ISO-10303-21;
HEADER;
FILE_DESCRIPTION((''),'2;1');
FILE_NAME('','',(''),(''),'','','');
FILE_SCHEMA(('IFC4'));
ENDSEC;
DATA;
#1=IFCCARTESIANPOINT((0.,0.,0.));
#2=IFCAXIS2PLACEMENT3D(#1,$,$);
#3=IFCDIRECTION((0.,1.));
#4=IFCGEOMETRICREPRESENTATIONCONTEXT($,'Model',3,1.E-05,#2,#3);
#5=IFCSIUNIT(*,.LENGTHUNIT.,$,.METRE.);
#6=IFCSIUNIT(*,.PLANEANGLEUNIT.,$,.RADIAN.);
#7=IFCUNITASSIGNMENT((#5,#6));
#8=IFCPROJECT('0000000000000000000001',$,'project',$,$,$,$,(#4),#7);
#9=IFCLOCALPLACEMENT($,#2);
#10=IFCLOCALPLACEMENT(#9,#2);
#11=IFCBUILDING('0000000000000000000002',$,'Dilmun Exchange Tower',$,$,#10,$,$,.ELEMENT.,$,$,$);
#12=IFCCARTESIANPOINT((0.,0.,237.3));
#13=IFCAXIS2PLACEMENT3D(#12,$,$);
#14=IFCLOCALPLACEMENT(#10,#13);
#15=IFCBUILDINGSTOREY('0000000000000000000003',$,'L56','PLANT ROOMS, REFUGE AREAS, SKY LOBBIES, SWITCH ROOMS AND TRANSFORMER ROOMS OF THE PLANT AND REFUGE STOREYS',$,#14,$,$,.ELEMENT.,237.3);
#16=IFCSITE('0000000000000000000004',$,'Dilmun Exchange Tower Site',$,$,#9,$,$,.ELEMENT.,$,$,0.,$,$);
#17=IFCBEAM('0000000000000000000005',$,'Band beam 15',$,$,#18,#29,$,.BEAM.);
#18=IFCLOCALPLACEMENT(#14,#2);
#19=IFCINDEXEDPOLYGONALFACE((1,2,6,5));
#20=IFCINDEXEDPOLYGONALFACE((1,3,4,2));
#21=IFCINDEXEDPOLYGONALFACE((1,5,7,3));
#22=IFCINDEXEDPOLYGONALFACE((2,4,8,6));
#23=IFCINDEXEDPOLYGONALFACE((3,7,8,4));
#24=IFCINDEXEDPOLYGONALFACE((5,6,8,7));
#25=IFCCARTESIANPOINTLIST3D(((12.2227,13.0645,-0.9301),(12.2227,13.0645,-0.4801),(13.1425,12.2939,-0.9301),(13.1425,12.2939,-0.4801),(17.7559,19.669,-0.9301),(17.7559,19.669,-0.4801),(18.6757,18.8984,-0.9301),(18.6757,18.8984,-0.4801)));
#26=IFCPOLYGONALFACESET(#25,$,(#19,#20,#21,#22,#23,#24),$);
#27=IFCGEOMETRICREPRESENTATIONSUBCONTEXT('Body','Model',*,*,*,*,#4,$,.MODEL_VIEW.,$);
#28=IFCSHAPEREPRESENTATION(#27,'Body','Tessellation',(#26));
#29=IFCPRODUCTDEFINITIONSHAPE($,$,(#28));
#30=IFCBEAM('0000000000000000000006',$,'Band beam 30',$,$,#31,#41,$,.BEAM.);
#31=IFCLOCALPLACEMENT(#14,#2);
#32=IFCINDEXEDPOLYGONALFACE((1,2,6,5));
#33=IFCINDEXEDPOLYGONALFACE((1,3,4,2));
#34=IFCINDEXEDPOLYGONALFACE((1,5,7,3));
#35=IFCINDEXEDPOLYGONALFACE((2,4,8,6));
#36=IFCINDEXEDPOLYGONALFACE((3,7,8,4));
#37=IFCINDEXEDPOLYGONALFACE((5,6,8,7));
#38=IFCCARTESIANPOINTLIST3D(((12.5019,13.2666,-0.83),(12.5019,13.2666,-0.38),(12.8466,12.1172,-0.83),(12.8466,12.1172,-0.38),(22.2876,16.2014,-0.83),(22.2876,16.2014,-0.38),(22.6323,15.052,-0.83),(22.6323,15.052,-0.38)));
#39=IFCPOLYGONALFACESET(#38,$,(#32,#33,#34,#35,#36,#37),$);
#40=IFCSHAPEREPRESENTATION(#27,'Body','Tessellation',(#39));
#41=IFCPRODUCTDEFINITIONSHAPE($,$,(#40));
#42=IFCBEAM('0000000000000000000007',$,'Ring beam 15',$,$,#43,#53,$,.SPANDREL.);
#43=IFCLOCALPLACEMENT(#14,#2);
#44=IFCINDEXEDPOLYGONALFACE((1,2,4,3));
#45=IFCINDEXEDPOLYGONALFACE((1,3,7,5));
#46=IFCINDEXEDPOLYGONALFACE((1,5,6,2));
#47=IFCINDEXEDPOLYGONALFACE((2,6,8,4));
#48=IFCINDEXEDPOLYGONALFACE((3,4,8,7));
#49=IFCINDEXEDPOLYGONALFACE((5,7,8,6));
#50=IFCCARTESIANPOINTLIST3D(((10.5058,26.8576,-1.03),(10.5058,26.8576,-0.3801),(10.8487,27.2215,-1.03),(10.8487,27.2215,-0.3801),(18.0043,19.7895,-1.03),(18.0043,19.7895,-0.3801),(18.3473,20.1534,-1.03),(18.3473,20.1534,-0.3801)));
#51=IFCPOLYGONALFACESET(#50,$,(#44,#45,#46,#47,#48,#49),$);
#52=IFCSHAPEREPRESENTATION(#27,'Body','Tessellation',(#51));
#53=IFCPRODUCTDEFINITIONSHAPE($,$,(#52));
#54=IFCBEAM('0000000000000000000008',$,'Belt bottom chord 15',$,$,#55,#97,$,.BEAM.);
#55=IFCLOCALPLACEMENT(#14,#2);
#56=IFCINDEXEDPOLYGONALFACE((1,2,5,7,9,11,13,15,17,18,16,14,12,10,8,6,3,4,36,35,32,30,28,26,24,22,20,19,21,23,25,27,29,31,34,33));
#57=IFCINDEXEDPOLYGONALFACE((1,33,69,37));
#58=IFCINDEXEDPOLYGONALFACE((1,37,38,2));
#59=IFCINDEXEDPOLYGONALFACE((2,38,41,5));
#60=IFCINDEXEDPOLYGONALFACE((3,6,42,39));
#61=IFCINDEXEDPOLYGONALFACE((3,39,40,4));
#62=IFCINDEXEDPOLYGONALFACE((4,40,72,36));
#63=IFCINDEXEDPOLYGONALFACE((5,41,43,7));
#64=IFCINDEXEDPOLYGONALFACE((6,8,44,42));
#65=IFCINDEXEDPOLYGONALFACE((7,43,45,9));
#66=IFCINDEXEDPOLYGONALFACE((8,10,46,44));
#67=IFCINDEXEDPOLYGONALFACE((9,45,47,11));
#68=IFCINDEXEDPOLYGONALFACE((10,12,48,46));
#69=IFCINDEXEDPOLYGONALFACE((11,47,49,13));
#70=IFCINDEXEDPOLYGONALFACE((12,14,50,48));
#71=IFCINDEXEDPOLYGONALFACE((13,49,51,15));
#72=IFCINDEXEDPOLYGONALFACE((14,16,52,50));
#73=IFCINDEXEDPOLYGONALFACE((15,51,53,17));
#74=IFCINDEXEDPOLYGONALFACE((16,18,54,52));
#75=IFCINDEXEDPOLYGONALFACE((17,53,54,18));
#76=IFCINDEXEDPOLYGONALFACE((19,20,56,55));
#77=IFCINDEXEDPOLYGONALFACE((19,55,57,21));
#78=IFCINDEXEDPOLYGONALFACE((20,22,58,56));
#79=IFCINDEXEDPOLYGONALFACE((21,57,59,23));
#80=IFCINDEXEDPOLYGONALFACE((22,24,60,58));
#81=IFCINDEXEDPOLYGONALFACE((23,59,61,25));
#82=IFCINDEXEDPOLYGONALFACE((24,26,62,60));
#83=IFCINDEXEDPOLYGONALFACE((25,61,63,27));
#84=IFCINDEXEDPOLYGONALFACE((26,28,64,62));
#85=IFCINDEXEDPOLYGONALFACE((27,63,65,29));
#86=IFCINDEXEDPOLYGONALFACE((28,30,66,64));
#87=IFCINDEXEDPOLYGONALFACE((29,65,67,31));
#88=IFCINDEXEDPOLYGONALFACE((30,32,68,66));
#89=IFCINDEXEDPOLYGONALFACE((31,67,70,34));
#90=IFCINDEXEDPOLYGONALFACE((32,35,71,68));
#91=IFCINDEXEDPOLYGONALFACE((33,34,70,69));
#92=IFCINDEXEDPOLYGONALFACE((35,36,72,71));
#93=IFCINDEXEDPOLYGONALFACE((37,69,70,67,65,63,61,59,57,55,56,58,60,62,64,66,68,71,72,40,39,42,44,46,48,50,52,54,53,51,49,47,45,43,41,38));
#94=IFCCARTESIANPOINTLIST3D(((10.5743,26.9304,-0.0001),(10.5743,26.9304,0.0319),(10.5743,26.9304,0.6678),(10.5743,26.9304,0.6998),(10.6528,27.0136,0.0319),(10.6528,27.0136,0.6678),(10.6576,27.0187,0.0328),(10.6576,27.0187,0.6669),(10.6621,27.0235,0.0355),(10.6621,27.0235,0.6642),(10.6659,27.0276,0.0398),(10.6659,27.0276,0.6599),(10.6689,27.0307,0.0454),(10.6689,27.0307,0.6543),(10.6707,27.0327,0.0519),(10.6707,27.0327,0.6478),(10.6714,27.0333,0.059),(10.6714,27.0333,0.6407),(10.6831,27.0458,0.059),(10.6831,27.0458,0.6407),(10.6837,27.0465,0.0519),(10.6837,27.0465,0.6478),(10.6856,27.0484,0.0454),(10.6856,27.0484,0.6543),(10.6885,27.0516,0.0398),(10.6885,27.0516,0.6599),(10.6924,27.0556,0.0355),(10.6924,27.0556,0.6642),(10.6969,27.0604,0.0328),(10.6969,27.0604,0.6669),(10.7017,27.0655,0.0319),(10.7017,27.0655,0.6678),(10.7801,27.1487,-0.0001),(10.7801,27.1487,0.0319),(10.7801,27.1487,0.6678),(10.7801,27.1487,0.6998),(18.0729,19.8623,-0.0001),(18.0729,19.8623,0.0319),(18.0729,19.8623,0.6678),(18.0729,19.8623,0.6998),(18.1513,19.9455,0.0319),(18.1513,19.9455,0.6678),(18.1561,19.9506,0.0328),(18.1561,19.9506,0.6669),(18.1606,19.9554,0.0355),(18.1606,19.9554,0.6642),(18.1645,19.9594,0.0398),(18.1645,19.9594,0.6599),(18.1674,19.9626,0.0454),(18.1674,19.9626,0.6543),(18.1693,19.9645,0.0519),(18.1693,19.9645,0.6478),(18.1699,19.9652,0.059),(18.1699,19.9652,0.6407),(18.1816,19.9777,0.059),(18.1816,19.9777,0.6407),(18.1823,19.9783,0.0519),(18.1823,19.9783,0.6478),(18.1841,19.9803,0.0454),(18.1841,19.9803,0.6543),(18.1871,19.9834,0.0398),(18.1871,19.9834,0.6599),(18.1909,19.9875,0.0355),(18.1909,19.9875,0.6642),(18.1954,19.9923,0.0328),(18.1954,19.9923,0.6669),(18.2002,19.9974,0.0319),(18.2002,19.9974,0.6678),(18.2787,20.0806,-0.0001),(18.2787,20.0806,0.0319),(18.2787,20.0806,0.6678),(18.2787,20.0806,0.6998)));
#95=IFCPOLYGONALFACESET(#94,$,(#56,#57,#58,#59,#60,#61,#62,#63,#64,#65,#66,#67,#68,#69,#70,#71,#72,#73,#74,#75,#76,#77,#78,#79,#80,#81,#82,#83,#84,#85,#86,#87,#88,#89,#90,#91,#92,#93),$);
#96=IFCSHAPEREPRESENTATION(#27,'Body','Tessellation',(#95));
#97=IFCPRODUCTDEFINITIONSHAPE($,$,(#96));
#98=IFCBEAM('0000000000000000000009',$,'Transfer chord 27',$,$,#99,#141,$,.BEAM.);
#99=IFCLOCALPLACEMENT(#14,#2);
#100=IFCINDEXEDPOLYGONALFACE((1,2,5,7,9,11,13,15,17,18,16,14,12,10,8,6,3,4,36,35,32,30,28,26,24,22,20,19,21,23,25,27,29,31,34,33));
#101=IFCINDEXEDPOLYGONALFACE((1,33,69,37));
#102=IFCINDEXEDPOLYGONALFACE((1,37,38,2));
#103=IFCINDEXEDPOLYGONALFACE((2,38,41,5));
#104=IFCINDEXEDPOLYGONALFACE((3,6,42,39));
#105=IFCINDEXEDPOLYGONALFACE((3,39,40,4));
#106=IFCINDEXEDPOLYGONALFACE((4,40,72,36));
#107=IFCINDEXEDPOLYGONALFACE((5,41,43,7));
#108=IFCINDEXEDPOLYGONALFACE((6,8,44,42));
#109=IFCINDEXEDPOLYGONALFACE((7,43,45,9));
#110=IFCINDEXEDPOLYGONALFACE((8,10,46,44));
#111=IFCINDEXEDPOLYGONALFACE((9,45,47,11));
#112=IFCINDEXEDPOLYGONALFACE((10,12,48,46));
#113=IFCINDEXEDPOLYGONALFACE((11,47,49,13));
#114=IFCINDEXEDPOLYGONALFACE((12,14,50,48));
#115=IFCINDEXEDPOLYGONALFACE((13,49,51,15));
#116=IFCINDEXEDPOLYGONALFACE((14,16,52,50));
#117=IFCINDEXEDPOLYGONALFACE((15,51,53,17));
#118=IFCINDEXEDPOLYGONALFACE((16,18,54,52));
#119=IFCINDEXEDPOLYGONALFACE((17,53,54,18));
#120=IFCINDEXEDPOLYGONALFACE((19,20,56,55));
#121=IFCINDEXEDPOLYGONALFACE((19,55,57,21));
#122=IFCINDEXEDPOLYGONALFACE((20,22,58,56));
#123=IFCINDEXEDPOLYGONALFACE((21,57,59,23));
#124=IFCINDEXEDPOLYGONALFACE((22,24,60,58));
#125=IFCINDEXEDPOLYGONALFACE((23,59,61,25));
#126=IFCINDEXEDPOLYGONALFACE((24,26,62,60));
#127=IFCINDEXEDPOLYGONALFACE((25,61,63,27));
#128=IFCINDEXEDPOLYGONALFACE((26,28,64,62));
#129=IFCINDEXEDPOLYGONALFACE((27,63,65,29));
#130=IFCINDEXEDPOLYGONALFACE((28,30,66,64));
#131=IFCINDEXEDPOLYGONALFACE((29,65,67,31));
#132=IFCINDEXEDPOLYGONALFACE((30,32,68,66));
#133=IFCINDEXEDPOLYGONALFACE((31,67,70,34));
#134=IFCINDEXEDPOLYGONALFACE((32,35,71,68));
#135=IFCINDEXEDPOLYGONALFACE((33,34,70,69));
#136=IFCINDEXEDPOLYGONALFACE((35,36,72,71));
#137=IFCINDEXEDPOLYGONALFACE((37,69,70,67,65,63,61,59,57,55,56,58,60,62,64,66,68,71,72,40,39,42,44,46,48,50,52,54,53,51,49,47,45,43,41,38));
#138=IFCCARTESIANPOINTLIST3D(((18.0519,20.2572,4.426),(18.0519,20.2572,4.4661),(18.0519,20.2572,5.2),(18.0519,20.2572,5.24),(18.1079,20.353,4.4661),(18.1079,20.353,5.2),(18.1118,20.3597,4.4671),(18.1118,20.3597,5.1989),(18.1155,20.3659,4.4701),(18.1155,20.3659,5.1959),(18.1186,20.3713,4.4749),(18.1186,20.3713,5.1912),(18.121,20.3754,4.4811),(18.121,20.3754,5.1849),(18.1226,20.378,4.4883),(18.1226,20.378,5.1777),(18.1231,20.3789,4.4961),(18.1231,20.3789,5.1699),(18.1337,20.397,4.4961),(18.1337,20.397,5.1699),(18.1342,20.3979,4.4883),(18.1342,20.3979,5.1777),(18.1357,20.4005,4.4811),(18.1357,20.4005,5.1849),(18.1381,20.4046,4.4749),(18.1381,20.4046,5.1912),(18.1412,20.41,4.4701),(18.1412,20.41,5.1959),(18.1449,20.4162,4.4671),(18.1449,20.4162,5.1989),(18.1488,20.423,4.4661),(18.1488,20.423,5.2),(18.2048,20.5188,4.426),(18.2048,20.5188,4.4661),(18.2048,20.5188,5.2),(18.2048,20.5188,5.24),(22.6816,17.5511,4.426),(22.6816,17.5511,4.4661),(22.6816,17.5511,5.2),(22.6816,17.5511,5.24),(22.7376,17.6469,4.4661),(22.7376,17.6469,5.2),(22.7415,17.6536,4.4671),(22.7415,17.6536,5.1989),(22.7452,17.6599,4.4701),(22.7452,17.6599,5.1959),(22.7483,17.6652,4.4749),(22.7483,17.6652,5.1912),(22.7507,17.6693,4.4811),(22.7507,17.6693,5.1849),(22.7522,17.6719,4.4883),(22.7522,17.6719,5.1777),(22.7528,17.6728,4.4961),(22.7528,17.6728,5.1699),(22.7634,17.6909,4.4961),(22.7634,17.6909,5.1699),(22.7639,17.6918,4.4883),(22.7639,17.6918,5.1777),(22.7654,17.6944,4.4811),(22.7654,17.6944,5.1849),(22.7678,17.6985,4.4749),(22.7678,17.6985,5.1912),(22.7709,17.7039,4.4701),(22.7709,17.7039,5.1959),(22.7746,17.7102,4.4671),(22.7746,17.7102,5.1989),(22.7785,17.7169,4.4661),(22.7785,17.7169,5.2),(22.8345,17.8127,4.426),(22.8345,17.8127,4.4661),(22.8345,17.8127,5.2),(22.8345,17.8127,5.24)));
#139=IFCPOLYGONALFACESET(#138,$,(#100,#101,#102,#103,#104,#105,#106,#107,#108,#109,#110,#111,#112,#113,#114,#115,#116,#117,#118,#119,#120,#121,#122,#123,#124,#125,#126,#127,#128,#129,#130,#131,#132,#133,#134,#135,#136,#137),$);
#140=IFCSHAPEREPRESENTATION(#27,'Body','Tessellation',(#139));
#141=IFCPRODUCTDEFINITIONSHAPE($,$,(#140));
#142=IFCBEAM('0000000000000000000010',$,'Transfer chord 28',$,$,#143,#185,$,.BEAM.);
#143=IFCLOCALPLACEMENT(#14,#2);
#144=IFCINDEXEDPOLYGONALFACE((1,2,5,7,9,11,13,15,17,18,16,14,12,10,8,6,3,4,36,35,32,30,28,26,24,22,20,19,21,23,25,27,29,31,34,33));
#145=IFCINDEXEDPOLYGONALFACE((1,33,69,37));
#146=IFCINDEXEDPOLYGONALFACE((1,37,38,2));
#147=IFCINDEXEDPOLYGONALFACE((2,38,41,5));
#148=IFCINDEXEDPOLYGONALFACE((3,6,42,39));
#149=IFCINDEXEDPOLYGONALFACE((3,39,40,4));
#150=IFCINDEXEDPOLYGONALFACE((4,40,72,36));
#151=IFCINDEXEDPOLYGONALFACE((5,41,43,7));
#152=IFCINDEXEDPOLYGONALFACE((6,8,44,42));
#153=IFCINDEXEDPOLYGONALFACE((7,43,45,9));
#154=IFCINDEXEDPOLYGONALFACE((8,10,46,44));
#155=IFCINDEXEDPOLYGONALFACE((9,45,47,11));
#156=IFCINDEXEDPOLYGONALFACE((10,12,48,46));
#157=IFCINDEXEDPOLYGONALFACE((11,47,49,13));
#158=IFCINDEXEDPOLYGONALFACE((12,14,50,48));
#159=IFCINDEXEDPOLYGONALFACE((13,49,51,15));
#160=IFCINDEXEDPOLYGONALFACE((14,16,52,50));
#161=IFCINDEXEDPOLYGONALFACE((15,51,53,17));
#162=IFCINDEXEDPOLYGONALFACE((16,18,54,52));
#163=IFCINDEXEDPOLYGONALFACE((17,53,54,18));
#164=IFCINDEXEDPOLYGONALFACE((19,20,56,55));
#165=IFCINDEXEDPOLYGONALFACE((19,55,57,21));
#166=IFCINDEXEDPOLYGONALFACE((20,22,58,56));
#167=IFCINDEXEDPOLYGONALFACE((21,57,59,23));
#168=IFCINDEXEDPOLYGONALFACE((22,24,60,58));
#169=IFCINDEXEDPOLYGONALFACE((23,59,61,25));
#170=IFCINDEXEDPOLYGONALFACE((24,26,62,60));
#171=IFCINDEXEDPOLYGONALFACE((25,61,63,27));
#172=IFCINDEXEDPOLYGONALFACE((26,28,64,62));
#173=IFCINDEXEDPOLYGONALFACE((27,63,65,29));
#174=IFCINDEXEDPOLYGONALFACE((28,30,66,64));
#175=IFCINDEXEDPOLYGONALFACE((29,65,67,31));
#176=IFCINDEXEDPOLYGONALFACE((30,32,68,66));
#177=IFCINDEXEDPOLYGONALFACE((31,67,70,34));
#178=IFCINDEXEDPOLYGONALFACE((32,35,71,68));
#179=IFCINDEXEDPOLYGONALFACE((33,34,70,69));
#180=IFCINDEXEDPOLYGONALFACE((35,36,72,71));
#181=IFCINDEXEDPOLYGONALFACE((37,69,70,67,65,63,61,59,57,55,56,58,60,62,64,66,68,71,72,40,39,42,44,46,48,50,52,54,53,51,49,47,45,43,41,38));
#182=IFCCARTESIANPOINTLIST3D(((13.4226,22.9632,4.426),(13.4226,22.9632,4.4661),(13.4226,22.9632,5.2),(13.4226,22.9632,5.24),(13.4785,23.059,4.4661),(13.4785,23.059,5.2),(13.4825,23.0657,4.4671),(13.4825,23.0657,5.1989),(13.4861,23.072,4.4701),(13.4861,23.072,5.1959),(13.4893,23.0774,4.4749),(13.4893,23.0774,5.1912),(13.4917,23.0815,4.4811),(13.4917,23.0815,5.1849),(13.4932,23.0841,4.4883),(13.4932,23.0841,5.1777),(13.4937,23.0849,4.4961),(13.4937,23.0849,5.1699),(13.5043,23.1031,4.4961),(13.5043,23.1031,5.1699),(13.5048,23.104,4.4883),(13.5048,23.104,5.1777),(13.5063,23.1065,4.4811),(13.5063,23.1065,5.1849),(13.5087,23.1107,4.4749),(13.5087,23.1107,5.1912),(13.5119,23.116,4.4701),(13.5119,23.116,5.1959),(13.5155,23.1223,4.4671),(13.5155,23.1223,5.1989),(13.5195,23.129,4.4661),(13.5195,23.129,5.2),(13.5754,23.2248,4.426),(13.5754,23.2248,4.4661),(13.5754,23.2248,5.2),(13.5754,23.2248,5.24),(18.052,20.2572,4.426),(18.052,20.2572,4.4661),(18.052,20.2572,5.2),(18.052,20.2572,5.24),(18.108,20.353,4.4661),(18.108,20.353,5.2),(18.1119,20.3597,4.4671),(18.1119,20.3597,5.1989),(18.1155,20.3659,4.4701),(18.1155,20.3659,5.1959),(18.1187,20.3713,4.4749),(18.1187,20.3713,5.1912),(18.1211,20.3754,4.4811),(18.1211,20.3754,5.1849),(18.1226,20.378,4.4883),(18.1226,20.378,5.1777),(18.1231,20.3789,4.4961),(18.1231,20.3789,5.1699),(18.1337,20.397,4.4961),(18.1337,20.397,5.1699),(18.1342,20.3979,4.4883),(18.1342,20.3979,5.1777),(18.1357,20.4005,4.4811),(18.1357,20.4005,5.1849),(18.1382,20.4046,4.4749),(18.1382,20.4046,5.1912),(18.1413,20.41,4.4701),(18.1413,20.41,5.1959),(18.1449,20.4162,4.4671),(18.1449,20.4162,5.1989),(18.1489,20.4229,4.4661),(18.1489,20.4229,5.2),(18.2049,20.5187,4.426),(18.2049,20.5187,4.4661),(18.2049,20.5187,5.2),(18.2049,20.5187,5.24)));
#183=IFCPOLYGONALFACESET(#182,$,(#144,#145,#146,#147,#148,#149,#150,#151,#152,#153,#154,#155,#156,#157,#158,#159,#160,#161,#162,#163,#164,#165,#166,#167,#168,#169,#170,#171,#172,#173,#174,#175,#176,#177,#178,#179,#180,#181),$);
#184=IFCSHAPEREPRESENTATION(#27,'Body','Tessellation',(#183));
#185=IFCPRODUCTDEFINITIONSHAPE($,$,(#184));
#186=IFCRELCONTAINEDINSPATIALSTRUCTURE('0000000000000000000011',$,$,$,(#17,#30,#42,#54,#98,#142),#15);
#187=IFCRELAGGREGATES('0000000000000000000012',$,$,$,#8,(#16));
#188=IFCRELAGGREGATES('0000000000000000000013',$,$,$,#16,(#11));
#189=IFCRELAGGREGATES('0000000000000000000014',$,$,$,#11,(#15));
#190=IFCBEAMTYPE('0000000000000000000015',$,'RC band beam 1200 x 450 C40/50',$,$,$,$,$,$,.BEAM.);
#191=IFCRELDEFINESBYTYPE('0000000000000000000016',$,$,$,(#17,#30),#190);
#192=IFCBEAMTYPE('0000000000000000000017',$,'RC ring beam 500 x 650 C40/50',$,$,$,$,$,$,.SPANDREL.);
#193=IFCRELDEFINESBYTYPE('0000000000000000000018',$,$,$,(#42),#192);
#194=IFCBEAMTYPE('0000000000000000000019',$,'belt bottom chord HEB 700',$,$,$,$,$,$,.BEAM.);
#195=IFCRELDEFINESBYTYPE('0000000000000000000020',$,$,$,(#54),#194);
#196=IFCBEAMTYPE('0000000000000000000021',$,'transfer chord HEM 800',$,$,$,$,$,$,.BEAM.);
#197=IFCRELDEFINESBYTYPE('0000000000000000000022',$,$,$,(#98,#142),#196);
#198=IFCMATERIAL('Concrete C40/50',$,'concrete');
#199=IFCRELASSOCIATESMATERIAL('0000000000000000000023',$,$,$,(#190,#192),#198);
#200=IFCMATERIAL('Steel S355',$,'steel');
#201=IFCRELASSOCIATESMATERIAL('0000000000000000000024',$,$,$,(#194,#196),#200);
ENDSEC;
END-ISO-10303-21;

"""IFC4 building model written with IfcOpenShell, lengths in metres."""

from ifc_helpers import new_model, si_unit, direction, frame, origin, origin_2d, place, context, subcontext, project, spatial, rectangle, i_section, extrude, material, material_profile, profile_set, type_object, element, save


model = new_model("IFC4")

# Units and contexts
model_context = context("Model", 3, precision=1e-05, world=origin(), true_north=direction((0.0, 1.0)))
body_context = subcontext(model_context, "Body", "Model", "MODEL_VIEW")
ifc_project = project(units=[si_unit("LENGTHUNIT", "METRE"), si_unit("PLANEANGLEUNIT", "RADIAN")], contexts=[model_context])

# Site, building, storey
site_placement = place(None, origin())
site = spatial("IfcSite", under=ifc_project, at=site_placement, Name="Dilmun Exchange Tower Site", CompositionType="ELEMENT", RefElevation=0.0)
building_placement = place(site_placement, origin())
building = spatial("IfcBuilding", under=site, at=building_placement, Name="Dilmun Exchange Tower", CompositionType="ELEMENT")
storey_placement = place(building_placement, frame((0.0, 0.0, 237.3)))
storey = spatial("IfcBuildingStorey", under=building, at=storey_placement, Name="L56", Description="PLANT ROOMS, REFUGE AREAS, SKY LOBBIES, SWITCH ROOMS AND TRANSFORMER ROOMS OF THE PLANT AND REFUGE STOREYS", CompositionType="ELEMENT", Elevation=237.3)

# Beams
ifc_material_1 = material(Name="Concrete C40/50", Category="concrete")
ifc_material_profile_1 = material_profile(ifc_material_1, rectangle(XDim=1.2, YDim=0.45, at=origin_2d()), Name="1200 x 450")
ifc_profile_set_1 = profile_set([ifc_material_profile_1], Name="Concrete C40/50")
beam_type_1 = type_object("IfcBeamType", Name="RC band beam 1200 x 450 C40/50", PredefinedType="BEAM", material=ifc_profile_set_1)
beam_1_placement = place(storey_placement, frame((18.2158, 19.2837, -0.7051), z_axis=(-0.6422, -0.766537, 0.0), x_axis=(0.766537, -0.6422, 0.0)))
element("IfcBeam", 1, at=beam_1_placement, inside=storey, type_object=beam_type_1, Name="Band beam 15", PredefinedType="BEAM", context=body_context, shape_type="SweptSolid", body=[
    extrude(rectangle(XDim=1.2, YDim=0.45, at=origin_2d()), origin(), (0.0, 0.0, 1.0), 8.616),
])
beam_2_placement = place(storey_placement, frame((22.46, 15.6267, -0.605), z_axis=(-0.95785, -0.287269, 0.0), x_axis=(0.287269, -0.95785, 0.0)))
element("IfcBeam", 2, at=beam_2_placement, inside=storey, type_object=beam_type_1, Name="Band beam 30", PredefinedType="BEAM", context=body_context, shape_type="SweptSolid", body=[
    extrude(rectangle(XDim=1.2, YDim=0.45, at=origin_2d()), origin(), (0.0, 0.0, 1.0), 10.2163),
])
ifc_material_profile_2 = material_profile(ifc_material_1, rectangle(XDim=0.5, YDim=0.6499, at=origin_2d()), Name="500 x 650")
ifc_profile_set_2 = profile_set([ifc_material_profile_2], Name="Concrete C40/50")
beam_type_2 = type_object("IfcBeamType", Name="RC ring beam 500 x 650 C40/50", PredefinedType="SPANDREL", material=ifc_profile_set_2)
beam_3_placement = place(storey_placement, frame((18.1758, 19.9714, -0.7051), z_axis=(-0.727683, 0.685914, 0.0), x_axis=(-0.685914, -0.727683, 0.0)))
element("IfcBeam", 3, at=beam_3_placement, inside=storey, type_object=beam_type_2, Name="Ring beam 15", PredefinedType="SPANDREL", context=body_context, shape_type="SweptSolid", body=[
    extrude(rectangle(XDim=0.5, YDim=0.6499, at=origin_2d()), origin(), (0.0, 0.0, 1.0), 10.3047),
])
ifc_material_2 = material(Name="Steel S355", Category="steel")
ifc_material_profile_3 = material_profile(ifc_material_2, i_section(OverallWidth=0.3, OverallDepth=0.7, WebThickness=0.0171, FlangeThickness=0.032, FilletRadius=0.0271, at=origin_2d()), Name="HEB 700")
ifc_profile_set_3 = profile_set([ifc_material_profile_3], Name="Steel S355")
beam_type_3 = type_object("IfcBeamType", Name="belt bottom chord HEB 700", PredefinedType="BEAM", material=ifc_profile_set_3)
beam_4_placement = place(storey_placement, frame((18.1758, 19.9714, 0.3499), z_axis=(-0.727683, 0.685914, 0.0), x_axis=(-0.685914, -0.727683, 0.0)))
element("IfcBeam", 4, at=beam_4_placement, inside=storey, type_object=beam_type_3, Name="Belt bottom chord 15", PredefinedType="BEAM", context=body_context, shape_type="SweptSolid", body=[
    extrude(i_section(OverallWidth=0.3, OverallDepth=0.7, WebThickness=0.0171, FlangeThickness=0.032, FilletRadius=0.0271, at=origin_2d()), origin(), (0.0, 0.0, 1.0), 10.3047),
])
ifc_material_profile_4 = material_profile(ifc_material_2, i_section(OverallWidth=0.303, OverallDepth=0.814, WebThickness=0.021, FlangeThickness=0.04, FilletRadius=0.03, at=origin_2d()), Name="HEM 800")
ifc_profile_set_4 = profile_set([ifc_material_profile_4], Name="Steel S355")
beam_type_4 = type_object("IfcBeamType", Name="transfer chord HEM 800", PredefinedType="BEAM", material=ifc_profile_set_4)
beam_5_placement = place(storey_placement, frame((22.7581, 17.6819, 4.833), z_axis=(-0.863338, 0.504627, 0.0), x_axis=(-0.504627, -0.863338, 0.0)))
element("IfcBeam", 5, at=beam_5_placement, inside=storey, type_object=beam_type_4, Name="Transfer chord 27", PredefinedType="BEAM", context=body_context, shape_type="SweptSolid", body=[
    extrude(i_section(OverallWidth=0.303, OverallDepth=0.814, WebThickness=0.021, FlangeThickness=0.04, FilletRadius=0.03, at=origin_2d()), origin(), (0.0, 0.0, 1.0), 5.3625),
])
beam_6_placement = place(storey_placement, frame((18.1284, 20.3879, 4.833), z_axis=(-0.863326, 0.504646, 0.0), x_axis=(-0.504646, -0.863326, 0.0)))
element("IfcBeam", 6, at=beam_6_placement, inside=storey, type_object=beam_type_4, Name="Transfer chord 28", PredefinedType="BEAM", context=body_context, shape_type="SweptSolid", body=[
    extrude(i_section(OverallWidth=0.303, OverallDepth=0.814, WebThickness=0.021, FlangeThickness=0.04, FilletRadius=0.03, at=origin_2d()), origin(), (0.0, 0.0, 1.0), 5.3623),
])

save(model, "model.ifc")
